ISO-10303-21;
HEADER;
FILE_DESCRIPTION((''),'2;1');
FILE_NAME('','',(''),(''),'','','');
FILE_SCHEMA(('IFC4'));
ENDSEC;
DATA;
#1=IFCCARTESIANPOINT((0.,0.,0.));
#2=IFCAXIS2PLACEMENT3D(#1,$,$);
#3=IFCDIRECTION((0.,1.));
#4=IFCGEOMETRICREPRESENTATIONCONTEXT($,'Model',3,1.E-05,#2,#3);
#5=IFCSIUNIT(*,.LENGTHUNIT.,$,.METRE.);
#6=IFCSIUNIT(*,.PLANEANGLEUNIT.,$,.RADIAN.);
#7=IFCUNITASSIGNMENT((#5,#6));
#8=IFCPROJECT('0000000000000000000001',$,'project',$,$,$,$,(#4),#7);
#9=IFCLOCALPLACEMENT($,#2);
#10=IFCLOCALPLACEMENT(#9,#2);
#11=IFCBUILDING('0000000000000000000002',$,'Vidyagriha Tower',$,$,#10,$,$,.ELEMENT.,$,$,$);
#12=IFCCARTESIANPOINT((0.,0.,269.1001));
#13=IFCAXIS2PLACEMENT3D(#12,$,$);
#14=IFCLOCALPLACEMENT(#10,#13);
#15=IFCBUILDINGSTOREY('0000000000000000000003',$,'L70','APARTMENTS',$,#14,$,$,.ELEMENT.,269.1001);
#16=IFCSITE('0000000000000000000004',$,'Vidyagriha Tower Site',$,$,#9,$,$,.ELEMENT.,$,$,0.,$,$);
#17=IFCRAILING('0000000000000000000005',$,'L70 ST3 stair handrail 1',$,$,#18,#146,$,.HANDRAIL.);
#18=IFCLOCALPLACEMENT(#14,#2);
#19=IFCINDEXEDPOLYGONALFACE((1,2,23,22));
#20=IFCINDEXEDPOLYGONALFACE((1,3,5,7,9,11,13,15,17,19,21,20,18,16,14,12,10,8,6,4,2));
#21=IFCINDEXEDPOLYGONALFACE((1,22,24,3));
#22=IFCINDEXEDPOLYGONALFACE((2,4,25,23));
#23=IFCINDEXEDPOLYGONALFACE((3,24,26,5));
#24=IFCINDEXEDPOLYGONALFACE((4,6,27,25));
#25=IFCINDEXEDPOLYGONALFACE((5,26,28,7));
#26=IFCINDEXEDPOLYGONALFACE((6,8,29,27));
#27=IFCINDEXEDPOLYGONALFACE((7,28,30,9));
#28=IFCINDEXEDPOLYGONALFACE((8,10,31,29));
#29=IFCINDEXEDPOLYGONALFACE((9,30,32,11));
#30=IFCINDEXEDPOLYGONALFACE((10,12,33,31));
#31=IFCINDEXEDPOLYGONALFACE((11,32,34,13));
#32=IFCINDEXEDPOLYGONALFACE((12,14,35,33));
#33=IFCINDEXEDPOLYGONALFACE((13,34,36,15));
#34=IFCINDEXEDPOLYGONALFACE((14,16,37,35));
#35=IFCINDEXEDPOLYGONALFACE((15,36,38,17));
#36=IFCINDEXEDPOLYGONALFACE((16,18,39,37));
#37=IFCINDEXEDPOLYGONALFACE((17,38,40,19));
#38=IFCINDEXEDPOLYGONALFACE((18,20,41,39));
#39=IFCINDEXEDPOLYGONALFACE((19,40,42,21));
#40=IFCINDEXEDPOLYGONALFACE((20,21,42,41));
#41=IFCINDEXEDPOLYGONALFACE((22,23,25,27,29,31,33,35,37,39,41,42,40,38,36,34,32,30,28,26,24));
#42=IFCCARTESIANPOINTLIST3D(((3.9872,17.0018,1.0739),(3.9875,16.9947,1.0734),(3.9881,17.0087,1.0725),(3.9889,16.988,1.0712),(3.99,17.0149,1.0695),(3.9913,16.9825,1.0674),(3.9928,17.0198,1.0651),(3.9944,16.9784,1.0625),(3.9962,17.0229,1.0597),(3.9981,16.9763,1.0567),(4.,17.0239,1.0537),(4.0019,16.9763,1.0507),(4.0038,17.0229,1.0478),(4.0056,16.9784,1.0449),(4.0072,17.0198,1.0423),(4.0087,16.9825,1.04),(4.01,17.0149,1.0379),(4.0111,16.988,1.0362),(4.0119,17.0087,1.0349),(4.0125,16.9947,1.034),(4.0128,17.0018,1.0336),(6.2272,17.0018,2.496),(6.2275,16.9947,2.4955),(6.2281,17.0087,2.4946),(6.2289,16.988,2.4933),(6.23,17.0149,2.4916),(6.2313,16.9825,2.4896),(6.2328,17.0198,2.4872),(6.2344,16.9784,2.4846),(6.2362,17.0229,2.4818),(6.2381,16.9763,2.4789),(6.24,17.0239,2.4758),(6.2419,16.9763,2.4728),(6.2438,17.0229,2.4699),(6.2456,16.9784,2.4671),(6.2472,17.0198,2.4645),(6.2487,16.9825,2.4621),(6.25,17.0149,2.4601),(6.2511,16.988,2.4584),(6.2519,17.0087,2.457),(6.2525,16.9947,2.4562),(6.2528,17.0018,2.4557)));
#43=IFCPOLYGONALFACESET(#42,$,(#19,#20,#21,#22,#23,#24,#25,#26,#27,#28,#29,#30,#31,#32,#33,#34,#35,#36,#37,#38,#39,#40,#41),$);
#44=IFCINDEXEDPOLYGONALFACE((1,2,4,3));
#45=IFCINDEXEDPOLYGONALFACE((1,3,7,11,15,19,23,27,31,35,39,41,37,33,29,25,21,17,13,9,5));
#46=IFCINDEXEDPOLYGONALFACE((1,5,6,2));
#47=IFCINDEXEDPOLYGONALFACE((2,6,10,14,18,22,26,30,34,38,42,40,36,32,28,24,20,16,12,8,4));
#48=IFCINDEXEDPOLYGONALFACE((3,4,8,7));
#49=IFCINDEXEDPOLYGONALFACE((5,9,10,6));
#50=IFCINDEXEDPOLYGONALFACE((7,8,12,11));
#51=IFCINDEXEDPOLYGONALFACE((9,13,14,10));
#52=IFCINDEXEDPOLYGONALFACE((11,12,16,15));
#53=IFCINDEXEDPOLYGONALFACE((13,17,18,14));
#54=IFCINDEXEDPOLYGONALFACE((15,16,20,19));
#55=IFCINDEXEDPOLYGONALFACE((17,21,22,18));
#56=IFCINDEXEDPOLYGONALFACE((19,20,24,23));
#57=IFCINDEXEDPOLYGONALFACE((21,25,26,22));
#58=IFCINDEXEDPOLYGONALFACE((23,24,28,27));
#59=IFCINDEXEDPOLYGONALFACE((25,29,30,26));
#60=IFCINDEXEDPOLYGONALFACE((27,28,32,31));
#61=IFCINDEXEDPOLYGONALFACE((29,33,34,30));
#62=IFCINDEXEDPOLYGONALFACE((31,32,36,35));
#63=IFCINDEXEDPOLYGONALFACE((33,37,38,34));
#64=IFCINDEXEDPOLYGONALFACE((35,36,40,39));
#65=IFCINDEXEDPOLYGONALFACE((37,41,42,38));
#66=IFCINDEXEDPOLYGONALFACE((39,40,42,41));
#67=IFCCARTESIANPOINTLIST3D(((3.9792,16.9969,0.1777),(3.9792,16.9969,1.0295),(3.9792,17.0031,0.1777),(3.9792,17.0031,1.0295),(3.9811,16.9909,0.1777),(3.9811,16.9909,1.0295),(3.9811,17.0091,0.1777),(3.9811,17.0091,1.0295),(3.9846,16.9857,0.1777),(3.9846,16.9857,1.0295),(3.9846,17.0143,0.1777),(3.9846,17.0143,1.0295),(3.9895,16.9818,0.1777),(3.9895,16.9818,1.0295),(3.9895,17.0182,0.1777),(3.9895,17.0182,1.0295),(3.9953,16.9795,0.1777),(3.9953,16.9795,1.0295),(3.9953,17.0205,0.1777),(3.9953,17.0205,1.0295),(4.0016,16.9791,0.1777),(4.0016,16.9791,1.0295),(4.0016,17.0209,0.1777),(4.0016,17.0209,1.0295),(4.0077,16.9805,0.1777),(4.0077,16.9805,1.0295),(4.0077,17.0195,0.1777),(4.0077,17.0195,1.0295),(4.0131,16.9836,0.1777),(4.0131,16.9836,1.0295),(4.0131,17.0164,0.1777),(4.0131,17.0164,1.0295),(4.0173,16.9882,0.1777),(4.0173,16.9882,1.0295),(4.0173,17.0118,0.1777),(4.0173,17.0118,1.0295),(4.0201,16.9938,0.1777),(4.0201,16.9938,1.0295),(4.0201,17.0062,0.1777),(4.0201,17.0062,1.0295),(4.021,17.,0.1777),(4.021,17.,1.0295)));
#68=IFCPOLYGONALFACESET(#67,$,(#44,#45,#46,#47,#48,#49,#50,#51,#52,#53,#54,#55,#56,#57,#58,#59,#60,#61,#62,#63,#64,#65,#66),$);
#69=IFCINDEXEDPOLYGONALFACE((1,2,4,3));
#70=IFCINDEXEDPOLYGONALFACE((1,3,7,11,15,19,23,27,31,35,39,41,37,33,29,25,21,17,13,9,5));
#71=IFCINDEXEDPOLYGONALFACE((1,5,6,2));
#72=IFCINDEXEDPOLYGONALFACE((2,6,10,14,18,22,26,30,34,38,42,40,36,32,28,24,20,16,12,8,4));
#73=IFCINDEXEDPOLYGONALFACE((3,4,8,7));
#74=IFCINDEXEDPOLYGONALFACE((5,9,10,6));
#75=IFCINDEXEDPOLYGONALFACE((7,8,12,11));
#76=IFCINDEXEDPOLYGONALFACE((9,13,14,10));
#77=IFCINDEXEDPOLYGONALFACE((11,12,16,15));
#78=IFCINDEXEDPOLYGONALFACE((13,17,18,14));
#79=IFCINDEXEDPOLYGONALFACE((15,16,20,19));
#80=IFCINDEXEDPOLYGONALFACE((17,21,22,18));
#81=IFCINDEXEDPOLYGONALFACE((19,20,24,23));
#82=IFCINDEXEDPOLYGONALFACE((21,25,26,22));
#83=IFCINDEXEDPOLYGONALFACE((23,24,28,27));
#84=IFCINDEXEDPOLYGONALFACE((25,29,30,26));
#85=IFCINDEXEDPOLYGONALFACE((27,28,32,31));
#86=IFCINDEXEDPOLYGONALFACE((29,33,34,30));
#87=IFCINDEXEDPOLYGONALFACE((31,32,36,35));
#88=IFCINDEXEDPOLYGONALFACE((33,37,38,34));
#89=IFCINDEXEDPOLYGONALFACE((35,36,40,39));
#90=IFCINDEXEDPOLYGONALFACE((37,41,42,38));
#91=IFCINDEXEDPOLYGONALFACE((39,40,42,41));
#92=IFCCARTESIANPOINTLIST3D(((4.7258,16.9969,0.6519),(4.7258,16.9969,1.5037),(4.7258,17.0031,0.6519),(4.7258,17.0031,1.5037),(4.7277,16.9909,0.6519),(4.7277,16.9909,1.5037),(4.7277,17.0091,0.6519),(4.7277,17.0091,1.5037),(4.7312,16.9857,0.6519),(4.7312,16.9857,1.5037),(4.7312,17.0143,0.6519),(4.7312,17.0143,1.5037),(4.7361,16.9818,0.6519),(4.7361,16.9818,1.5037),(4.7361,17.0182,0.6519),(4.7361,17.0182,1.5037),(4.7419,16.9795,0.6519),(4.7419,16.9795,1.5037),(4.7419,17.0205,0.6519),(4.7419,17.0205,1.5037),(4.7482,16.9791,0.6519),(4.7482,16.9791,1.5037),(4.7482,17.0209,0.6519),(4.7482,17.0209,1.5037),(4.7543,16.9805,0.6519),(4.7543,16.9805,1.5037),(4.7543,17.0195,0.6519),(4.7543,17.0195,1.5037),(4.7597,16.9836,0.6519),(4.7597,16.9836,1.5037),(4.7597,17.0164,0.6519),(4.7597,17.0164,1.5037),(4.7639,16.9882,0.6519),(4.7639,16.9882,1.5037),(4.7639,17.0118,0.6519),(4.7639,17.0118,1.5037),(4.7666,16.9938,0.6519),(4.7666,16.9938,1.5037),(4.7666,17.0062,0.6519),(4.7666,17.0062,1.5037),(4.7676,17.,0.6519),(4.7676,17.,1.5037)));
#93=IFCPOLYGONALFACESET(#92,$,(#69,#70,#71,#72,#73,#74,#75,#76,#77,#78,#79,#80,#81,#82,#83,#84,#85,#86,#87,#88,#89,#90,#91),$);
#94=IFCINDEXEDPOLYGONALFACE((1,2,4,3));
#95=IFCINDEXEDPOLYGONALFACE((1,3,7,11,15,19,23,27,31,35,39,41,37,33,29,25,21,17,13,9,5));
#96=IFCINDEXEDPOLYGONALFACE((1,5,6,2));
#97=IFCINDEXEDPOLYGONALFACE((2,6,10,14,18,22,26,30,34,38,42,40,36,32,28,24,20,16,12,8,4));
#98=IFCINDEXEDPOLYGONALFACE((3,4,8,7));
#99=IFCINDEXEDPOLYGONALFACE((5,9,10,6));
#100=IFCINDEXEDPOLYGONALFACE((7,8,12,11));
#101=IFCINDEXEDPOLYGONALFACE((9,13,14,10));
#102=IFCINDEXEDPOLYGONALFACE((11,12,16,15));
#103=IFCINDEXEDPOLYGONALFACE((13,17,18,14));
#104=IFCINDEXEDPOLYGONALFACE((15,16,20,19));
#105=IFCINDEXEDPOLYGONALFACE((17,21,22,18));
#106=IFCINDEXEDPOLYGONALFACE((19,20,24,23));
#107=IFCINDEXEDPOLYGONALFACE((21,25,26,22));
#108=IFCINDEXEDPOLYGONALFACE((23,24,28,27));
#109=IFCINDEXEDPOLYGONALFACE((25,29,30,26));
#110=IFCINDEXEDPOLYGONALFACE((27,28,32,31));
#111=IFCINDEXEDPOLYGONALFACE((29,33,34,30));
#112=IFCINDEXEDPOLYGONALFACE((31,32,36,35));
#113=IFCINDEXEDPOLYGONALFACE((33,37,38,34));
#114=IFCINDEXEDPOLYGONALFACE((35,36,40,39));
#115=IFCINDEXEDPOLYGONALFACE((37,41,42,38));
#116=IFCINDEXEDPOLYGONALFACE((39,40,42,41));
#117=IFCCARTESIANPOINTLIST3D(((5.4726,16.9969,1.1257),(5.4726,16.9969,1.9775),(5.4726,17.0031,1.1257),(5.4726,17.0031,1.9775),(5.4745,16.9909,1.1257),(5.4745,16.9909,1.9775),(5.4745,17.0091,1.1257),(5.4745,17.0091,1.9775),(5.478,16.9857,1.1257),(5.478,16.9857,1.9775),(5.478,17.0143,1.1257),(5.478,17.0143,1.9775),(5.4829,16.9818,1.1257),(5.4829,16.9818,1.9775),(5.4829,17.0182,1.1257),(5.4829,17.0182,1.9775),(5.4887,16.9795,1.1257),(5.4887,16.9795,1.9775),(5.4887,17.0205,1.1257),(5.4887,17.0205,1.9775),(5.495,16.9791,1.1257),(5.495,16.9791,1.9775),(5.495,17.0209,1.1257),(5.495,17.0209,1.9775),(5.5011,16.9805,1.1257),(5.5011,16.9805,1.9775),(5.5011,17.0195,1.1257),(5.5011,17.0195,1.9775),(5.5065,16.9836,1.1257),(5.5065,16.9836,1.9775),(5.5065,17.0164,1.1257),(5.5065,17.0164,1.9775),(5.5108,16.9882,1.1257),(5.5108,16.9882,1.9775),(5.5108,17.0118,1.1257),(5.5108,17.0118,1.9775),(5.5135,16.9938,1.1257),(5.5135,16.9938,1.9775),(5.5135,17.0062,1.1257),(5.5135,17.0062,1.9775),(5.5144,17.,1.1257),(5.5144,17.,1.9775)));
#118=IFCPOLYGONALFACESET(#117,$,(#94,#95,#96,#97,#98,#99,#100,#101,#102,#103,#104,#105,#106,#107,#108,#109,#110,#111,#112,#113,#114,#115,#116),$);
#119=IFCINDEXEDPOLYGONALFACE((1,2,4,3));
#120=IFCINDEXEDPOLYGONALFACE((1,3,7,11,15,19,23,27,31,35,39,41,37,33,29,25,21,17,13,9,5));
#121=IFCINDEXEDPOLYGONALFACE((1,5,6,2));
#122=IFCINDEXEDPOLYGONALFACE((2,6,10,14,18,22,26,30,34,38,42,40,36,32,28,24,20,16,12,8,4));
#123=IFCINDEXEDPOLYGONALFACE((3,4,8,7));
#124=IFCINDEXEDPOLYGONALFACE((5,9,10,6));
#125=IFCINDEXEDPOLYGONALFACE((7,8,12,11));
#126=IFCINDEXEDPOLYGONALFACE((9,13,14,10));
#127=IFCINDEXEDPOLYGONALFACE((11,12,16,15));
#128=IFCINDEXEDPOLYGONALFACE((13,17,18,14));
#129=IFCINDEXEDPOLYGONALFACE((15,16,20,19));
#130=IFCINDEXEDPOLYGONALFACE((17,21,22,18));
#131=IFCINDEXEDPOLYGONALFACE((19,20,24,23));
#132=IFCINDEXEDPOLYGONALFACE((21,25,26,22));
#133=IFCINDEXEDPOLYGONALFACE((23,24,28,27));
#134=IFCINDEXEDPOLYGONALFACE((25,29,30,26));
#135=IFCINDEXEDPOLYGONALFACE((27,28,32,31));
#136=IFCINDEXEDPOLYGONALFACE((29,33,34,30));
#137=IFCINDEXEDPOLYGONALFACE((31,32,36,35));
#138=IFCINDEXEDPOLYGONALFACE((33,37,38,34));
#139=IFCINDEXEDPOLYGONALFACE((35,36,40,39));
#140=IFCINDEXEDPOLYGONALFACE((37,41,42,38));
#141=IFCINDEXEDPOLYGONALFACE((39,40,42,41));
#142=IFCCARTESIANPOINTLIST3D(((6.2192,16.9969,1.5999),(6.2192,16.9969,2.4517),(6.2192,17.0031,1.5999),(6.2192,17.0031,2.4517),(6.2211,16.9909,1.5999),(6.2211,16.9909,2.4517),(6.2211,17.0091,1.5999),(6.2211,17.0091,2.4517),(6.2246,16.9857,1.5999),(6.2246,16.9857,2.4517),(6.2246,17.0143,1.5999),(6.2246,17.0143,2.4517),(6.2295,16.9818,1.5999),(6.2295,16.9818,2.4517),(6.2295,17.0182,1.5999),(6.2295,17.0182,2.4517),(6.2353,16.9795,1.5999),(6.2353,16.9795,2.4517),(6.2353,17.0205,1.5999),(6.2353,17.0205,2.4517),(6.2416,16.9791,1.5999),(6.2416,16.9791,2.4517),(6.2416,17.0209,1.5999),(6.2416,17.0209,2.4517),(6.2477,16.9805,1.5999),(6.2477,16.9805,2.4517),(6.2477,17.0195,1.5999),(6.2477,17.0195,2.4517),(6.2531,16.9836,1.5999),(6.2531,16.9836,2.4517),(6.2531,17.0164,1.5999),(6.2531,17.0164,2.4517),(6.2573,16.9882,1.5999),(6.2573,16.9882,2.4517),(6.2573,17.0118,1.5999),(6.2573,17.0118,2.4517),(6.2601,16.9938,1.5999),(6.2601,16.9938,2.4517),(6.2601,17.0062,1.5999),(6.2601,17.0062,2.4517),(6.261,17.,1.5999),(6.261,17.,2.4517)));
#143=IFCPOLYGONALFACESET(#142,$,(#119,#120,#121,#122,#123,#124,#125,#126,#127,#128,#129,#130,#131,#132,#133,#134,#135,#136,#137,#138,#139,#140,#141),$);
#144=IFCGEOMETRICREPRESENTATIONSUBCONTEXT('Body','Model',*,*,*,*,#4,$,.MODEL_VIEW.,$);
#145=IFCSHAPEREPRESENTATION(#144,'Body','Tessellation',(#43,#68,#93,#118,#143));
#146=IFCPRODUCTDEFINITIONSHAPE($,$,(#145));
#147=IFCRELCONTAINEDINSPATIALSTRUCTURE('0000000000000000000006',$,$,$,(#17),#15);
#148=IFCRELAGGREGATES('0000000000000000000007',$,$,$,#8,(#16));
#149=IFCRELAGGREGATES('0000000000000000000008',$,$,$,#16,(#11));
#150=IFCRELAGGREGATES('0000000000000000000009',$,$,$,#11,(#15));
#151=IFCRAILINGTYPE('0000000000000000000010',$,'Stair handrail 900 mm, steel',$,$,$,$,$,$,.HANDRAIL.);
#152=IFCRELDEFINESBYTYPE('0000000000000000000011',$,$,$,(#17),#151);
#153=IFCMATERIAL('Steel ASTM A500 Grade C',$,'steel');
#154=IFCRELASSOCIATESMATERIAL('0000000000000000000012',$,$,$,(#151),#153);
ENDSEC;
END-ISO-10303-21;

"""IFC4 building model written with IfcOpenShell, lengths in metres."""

from ifc_helpers import new_model, si_unit, direction, frame, origin, origin_2d, place, context, subcontext, project, spatial, circle, extrude, material, type_object, element, save


model = new_model("IFC4")

# Units and contexts
model_context = context("Model", 3, precision=1e-05, world=origin(), true_north=direction((0.0, 1.0)))
body_context = subcontext(model_context, "Body", "Model", "MODEL_VIEW")
ifc_project = project(units=[si_unit("LENGTHUNIT", "METRE"), si_unit("PLANEANGLEUNIT", "RADIAN")], contexts=[model_context])

# Site, building, storey
site_placement = place(None, origin())
site = spatial("IfcSite", under=ifc_project, at=site_placement, Name="Vidyagriha Tower Site", CompositionType="ELEMENT", RefElevation=0.0)
building_placement = place(site_placement, origin())
building = spatial("IfcBuilding", under=site, at=building_placement, Name="Vidyagriha Tower", CompositionType="ELEMENT")
storey_placement = place(building_placement, frame((0.0, 0.0, 269.1001)))
storey = spatial("IfcBuildingStorey", under=building, at=storey_placement, Name="L70", Description="APARTMENTS", CompositionType="ELEMENT", Elevation=269.1001)

# Railing
ifc_material_1 = material(Name="Steel ASTM A500 Grade C", Category="steel")
railing_type_1 = type_object("IfcRailingType", Name="Stair handrail 900 mm, steel", PredefinedType="HANDRAIL", material=ifc_material_1)
railing_1_placement = place(storey_placement, frame((4.0, 17.0, 0.1777)))
element("IfcRailing", 1, at=railing_1_placement, inside=storey, type_object=railing_type_1, Name="L70 ST3 stair handrail 1", PredefinedType="HANDRAIL", context=body_context, shape_type="SweptSolid", body=[
    extrude(circle(Radius=0.0239, at=origin_2d()), frame((0.0, 0.0, 0.876), z_axis=(0.844229, 0.0, 0.535982), x_axis=(0.0, 1.0, 0.0)), (0.0, 0.0, 1.0), 2.6533),
    extrude(circle(Radius=0.021, at=origin_2d()), origin(), (0.0, 0.0, 1.0), 0.8518),
    extrude(circle(Radius=0.021, at=origin_2d()), frame((0.7466, 0.0, 0.4741)), (0.0, 0.0, 1.0), 0.8518),
    extrude(circle(Radius=0.021, at=origin_2d()), frame((1.4934, 0.0, 0.948)), (0.0, 0.0, 1.0), 0.8518),
    extrude(circle(Radius=0.021, at=origin_2d()), frame((2.24, 0.0, 1.4221)), (0.0, 0.0, 1.0), 0.8518),
])

save(model, "model.ifc")
